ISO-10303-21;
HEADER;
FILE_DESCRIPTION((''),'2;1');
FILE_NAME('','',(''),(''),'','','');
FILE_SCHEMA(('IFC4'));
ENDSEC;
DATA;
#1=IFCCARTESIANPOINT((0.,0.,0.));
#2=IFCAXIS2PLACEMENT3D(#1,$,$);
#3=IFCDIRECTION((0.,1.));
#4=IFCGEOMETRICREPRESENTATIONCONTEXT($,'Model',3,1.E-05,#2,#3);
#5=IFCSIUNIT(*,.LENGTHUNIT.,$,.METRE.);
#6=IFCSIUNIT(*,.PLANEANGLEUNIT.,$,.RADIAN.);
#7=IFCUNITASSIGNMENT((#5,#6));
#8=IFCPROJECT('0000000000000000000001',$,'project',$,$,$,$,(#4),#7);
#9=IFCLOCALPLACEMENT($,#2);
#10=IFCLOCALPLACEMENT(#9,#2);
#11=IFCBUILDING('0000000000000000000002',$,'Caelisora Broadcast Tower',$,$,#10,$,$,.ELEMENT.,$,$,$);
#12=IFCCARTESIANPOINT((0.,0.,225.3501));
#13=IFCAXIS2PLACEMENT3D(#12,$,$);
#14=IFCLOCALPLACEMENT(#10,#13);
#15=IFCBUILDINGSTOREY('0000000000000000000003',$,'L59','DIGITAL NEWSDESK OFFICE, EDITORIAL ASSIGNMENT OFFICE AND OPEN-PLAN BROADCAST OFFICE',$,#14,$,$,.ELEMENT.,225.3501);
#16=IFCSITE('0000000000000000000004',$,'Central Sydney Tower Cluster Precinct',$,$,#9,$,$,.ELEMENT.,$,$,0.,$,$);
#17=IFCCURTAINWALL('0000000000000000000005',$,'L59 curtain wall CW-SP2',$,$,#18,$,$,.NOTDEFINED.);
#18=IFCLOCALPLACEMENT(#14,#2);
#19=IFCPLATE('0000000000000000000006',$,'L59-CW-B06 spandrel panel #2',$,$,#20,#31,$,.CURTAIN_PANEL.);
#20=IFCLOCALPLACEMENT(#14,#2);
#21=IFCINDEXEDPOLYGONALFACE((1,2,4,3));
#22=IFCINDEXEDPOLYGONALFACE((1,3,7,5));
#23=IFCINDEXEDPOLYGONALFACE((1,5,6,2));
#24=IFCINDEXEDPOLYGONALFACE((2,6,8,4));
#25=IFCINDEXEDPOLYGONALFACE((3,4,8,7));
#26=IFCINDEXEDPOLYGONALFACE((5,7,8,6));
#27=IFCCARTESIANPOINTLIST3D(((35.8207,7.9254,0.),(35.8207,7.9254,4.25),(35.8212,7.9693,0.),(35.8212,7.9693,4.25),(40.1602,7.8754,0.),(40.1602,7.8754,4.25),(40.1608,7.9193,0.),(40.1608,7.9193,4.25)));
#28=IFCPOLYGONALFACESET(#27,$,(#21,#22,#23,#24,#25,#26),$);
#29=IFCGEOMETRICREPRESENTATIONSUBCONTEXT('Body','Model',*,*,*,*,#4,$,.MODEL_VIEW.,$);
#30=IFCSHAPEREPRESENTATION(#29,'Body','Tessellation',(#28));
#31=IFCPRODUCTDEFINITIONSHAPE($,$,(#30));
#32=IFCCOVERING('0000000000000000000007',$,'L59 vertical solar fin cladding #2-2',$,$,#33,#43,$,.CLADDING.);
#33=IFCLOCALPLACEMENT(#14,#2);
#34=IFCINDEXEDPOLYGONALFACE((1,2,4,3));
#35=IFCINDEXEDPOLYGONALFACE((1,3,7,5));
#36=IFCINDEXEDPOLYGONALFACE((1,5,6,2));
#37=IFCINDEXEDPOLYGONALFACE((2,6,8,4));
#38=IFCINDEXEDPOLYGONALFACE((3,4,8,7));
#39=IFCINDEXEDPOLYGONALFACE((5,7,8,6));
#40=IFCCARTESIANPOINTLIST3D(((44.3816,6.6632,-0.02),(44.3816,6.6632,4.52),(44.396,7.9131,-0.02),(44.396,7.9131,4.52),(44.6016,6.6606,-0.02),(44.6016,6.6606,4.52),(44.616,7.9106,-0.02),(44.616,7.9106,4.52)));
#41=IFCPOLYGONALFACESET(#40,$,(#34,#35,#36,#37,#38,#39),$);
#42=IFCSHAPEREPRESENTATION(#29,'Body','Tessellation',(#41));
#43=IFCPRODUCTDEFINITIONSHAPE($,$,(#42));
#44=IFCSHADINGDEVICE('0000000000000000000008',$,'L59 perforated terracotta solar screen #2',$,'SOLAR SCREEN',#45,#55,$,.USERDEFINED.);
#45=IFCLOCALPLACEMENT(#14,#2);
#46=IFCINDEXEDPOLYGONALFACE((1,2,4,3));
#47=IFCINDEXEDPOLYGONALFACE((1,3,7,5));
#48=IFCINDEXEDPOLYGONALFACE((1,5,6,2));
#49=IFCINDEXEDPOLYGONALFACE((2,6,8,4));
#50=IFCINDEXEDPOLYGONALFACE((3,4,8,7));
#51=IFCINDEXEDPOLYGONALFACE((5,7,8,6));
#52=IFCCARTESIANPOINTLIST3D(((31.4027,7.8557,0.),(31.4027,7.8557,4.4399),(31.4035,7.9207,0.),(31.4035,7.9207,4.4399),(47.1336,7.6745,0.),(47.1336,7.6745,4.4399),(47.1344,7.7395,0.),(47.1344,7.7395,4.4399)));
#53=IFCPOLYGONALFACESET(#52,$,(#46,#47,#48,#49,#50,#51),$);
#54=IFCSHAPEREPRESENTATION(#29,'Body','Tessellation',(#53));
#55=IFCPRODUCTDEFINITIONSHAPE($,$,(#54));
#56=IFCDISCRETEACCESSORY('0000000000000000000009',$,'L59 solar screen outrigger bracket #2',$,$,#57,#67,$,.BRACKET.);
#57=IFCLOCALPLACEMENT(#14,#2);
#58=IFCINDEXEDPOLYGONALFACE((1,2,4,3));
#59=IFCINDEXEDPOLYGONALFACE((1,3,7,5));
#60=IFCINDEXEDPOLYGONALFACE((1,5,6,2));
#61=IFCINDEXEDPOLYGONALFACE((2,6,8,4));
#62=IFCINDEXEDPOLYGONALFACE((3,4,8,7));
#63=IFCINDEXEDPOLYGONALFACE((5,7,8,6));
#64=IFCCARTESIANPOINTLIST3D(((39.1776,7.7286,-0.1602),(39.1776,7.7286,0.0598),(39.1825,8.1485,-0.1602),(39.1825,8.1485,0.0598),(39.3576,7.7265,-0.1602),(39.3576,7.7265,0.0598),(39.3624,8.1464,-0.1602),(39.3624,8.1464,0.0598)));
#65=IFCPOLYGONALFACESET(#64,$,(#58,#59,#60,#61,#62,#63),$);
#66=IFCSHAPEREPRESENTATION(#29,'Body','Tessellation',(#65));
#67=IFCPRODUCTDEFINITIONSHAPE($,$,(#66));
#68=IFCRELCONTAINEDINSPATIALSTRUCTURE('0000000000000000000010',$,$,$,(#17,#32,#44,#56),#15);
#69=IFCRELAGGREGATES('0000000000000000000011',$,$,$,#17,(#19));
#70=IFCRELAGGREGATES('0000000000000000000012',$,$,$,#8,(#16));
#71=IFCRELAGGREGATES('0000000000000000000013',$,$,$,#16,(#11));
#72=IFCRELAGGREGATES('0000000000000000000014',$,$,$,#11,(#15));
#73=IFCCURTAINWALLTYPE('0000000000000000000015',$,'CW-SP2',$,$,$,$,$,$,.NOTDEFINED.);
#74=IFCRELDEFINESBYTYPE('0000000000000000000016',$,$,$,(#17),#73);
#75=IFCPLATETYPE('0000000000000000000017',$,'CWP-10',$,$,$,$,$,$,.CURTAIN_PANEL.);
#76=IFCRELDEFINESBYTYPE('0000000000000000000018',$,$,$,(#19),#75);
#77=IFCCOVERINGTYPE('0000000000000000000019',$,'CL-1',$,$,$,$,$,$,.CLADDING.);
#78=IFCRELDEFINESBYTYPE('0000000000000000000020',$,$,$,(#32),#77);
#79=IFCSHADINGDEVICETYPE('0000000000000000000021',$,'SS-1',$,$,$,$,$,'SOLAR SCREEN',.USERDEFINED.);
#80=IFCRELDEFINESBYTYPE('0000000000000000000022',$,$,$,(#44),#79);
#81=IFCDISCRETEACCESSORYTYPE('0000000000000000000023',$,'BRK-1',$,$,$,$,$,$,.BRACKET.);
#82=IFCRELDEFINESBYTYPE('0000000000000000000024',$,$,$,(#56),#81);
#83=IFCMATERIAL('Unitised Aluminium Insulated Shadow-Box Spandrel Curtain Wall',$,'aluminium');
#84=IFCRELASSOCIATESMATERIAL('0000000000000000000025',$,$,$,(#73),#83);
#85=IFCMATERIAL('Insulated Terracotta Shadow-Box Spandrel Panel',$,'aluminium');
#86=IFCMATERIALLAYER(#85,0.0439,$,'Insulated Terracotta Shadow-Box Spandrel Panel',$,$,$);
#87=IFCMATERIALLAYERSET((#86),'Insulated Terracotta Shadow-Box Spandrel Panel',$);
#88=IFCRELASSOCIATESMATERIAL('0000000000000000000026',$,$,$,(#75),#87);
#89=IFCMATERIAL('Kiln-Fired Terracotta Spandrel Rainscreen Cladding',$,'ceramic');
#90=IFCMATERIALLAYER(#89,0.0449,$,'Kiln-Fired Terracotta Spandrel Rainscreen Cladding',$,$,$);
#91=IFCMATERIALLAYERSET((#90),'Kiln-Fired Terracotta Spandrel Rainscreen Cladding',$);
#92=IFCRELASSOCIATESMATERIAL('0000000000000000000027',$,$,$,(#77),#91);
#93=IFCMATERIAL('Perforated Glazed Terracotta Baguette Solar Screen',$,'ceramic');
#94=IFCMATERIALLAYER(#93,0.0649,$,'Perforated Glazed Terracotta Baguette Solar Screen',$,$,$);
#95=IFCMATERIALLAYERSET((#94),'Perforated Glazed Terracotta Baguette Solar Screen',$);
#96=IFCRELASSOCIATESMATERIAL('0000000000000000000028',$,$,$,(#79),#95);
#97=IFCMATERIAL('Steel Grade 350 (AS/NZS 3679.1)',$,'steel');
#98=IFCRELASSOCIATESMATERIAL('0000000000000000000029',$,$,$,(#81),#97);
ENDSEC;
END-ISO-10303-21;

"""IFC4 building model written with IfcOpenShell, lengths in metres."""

from ifc_helpers import new_model, si_unit, direction, frame, origin, origin_2d, place, context, subcontext, project, spatial, rectangle, extrude, source, transform, mapped, material, layer, layer_set, type_object, type_shapes, element, aggregate, save


model = new_model("IFC4")

# Units and contexts
model_context = context("Model", 3, precision=1e-05, world=origin(), true_north=direction((0.0, 1.0)))
body_context = subcontext(model_context, "Body", "Model", "MODEL_VIEW")
ifc_project = project(units=[si_unit("LENGTHUNIT", "METRE"), si_unit("PLANEANGLEUNIT", "RADIAN")], contexts=[model_context])

# Site, building, storey
site_placement = place(None, origin())
site = spatial("IfcSite", under=ifc_project, at=site_placement, Name="Central Sydney Tower Cluster Precinct", CompositionType="ELEMENT", RefElevation=0.0)
building_placement = place(site_placement, origin())
building = spatial("IfcBuilding", under=site, at=building_placement, Name="Caelisora Broadcast Tower", CompositionType="ELEMENT")
storey_placement = place(building_placement, frame((0.0, 0.0, 225.3501)))
storey = spatial("IfcBuildingStorey", under=building, at=storey_placement, Name="L59", Description="DIGITAL NEWSDESK OFFICE, EDITORIAL ASSIGNMENT OFFICE AND OPEN-PLAN BROADCAST OFFICE", CompositionType="ELEMENT", Elevation=225.3501)

# Shared definitions
ifc_material_1 = material(Name="Steel Grade 350 (AS/NZS 3679.1)", Category="steel")

# Curtain wall
ifc_material_2 = material(Name="Unitised Aluminium Insulated Shadow-Box Spandrel Curtain Wall", Category="aluminium")
curtain_wall_type_1 = type_object("IfcCurtainWallType", Name="CW-SP2", PredefinedType="NOTDEFINED", material=ifc_material_2)
curtain_wall_1_placement = place(storey_placement, origin())
curtain_wall_1 = element("IfcCurtainWall", 1, at=curtain_wall_1_placement, inside=storey, type_object=curtain_wall_type_1, Name="L59 curtain wall CW-SP2", PredefinedType="NOTDEFINED")

# Plate
ifc_material_3 = material(Name="Insulated Terracotta Shadow-Box Spandrel Panel", Category="aluminium")
ifc_layer_1 = layer(ifc_material_3, 0.0439, Name="Insulated Terracotta Shadow-Box Spandrel Panel")
ifc_layer_set_1 = layer_set([ifc_layer_1], Name="Insulated Terracotta Shadow-Box Spandrel Panel")
plate_type_1 = type_object("IfcPlateType", Name="CWP-10", PredefinedType="CURTAIN_PANEL", material=ifc_layer_set_1)
shared_shape_1 = source(origin(), body_context, "Body", "SweptSolid", [
    extrude(rectangle(XDim=4.3398, YDim=0.0439, at=origin_2d()), origin(), (0.0, 0.0, 1.0), 4.25),
])
type_shapes(plate_type_1, [shared_shape_1])
plate_1_placement = place(storey_placement, frame((37.9907, 7.9224, 0.0), z_axis=(0.0, 0.0, 1.0), x_axis=(-0.999934, 0.011519, 0.0)))
plate_1 = element("IfcPlate", 2, at=plate_1_placement, type_object=plate_type_1, Name="L59-CW-B06 spandrel panel #2", PredefinedType="CURTAIN_PANEL", context=body_context, shape_type="MappedRepresentation", body=[
    mapped(shared_shape_1, transform((0.0, 0.0, 0.0), scale=1.0)),
])
aggregate(curtain_wall_1, [plate_1])

# Covering
ifc_material_4 = material(Name="Kiln-Fired Terracotta Spandrel Rainscreen Cladding", Category="ceramic")
ifc_layer_2 = layer(ifc_material_4, 0.0449, Name="Kiln-Fired Terracotta Spandrel Rainscreen Cladding")
ifc_layer_set_2 = layer_set([ifc_layer_2], Name="Kiln-Fired Terracotta Spandrel Rainscreen Cladding")
covering_type = type_object("IfcCoveringType", Name="CL-1", PredefinedType="CLADDING", material=ifc_layer_set_2)
shared_shape_2 = source(origin(), body_context, "Body", "SweptSolid", [
    extrude(rectangle(XDim=0.22, YDim=1.25, at=origin_2d()), origin(), (0.0, 0.0, 1.0), 4.54),
])
type_shapes(covering_type, [shared_shape_2])
covering_placement = place(storey_placement, frame((44.4988, 7.2869, -0.02), z_axis=(0.0, 0.0, 1.0), x_axis=(-0.999934, 0.011519, 0.0)))
element("IfcCovering", 3, at=covering_placement, inside=storey, type_object=covering_type, Name="L59 vertical solar fin cladding #2-2", PredefinedType="CLADDING", context=body_context, shape_type="MappedRepresentation", body=[
    mapped(shared_shape_2, transform((0.0, 0.0, 0.0), scale=1.0)),
])

# Shading device
ifc_material_5 = material(Name="Perforated Glazed Terracotta Baguette Solar Screen", Category="ceramic")
ifc_layer_3 = layer(ifc_material_5, 0.0649, Name="Perforated Glazed Terracotta Baguette Solar Screen")
ifc_layer_set_3 = layer_set([ifc_layer_3], Name="Perforated Glazed Terracotta Baguette Solar Screen")
shading_device_type = type_object("IfcShadingDeviceType", Name="SS-1", ElementType="SOLAR SCREEN", PredefinedType="USERDEFINED", material=ifc_layer_set_3)
shared_shape_3 = source(origin(), body_context, "Body", "SweptSolid", [
    extrude(rectangle(XDim=15.7319, YDim=0.0649, at=origin_2d()), origin(), (0.0, 0.0, 1.0), 4.4399),
])
type_shapes(shading_device_type, [shared_shape_3])
shading_device_placement = place(storey_placement, frame((39.2686, 7.7976, 0.0), z_axis=(0.0, 0.0, 1.0), x_axis=(0.999934, -0.011519, 0.0)))
element("IfcShadingDevice", 4, at=shading_device_placement, inside=storey, type_object=shading_device_type, Name="L59 perforated terracotta solar screen #2", ObjectType="SOLAR SCREEN", PredefinedType="USERDEFINED", context=body_context, shape_type="MappedRepresentation", body=[
    mapped(shared_shape_3, transform((0.0, 0.0, 0.0), scale=1.0)),
])

# Discrete accessory
discrete_accessory_type = type_object("IfcDiscreteAccessoryType", Name="BRK-1", PredefinedType="BRACKET", material=ifc_material_1)
shared_shape_4 = source(origin(), body_context, "Body", "SweptSolid", [
    extrude(rectangle(XDim=0.1799, YDim=0.4199, at=origin_2d()), origin(), (0.0, 0.0, 1.0), 0.22),
])
type_shapes(discrete_accessory_type, [shared_shape_4])
discrete_accessory_placement = place(storey_placement, frame((39.27, 7.9375, -0.1602), z_axis=(0.0, 0.0, 1.0), x_axis=(0.999934, -0.011519, 0.0)))
element("IfcDiscreteAccessory", 5, at=discrete_accessory_placement, inside=storey, type_object=discrete_accessory_type, Name="L59 solar screen outrigger bracket #2", PredefinedType="BRACKET", context=body_context, shape_type="MappedRepresentation", body=[
    mapped(shared_shape_4, transform((0.0, 0.0, 0.0), scale=1.0)),
])

save(model, "model.ifc")
